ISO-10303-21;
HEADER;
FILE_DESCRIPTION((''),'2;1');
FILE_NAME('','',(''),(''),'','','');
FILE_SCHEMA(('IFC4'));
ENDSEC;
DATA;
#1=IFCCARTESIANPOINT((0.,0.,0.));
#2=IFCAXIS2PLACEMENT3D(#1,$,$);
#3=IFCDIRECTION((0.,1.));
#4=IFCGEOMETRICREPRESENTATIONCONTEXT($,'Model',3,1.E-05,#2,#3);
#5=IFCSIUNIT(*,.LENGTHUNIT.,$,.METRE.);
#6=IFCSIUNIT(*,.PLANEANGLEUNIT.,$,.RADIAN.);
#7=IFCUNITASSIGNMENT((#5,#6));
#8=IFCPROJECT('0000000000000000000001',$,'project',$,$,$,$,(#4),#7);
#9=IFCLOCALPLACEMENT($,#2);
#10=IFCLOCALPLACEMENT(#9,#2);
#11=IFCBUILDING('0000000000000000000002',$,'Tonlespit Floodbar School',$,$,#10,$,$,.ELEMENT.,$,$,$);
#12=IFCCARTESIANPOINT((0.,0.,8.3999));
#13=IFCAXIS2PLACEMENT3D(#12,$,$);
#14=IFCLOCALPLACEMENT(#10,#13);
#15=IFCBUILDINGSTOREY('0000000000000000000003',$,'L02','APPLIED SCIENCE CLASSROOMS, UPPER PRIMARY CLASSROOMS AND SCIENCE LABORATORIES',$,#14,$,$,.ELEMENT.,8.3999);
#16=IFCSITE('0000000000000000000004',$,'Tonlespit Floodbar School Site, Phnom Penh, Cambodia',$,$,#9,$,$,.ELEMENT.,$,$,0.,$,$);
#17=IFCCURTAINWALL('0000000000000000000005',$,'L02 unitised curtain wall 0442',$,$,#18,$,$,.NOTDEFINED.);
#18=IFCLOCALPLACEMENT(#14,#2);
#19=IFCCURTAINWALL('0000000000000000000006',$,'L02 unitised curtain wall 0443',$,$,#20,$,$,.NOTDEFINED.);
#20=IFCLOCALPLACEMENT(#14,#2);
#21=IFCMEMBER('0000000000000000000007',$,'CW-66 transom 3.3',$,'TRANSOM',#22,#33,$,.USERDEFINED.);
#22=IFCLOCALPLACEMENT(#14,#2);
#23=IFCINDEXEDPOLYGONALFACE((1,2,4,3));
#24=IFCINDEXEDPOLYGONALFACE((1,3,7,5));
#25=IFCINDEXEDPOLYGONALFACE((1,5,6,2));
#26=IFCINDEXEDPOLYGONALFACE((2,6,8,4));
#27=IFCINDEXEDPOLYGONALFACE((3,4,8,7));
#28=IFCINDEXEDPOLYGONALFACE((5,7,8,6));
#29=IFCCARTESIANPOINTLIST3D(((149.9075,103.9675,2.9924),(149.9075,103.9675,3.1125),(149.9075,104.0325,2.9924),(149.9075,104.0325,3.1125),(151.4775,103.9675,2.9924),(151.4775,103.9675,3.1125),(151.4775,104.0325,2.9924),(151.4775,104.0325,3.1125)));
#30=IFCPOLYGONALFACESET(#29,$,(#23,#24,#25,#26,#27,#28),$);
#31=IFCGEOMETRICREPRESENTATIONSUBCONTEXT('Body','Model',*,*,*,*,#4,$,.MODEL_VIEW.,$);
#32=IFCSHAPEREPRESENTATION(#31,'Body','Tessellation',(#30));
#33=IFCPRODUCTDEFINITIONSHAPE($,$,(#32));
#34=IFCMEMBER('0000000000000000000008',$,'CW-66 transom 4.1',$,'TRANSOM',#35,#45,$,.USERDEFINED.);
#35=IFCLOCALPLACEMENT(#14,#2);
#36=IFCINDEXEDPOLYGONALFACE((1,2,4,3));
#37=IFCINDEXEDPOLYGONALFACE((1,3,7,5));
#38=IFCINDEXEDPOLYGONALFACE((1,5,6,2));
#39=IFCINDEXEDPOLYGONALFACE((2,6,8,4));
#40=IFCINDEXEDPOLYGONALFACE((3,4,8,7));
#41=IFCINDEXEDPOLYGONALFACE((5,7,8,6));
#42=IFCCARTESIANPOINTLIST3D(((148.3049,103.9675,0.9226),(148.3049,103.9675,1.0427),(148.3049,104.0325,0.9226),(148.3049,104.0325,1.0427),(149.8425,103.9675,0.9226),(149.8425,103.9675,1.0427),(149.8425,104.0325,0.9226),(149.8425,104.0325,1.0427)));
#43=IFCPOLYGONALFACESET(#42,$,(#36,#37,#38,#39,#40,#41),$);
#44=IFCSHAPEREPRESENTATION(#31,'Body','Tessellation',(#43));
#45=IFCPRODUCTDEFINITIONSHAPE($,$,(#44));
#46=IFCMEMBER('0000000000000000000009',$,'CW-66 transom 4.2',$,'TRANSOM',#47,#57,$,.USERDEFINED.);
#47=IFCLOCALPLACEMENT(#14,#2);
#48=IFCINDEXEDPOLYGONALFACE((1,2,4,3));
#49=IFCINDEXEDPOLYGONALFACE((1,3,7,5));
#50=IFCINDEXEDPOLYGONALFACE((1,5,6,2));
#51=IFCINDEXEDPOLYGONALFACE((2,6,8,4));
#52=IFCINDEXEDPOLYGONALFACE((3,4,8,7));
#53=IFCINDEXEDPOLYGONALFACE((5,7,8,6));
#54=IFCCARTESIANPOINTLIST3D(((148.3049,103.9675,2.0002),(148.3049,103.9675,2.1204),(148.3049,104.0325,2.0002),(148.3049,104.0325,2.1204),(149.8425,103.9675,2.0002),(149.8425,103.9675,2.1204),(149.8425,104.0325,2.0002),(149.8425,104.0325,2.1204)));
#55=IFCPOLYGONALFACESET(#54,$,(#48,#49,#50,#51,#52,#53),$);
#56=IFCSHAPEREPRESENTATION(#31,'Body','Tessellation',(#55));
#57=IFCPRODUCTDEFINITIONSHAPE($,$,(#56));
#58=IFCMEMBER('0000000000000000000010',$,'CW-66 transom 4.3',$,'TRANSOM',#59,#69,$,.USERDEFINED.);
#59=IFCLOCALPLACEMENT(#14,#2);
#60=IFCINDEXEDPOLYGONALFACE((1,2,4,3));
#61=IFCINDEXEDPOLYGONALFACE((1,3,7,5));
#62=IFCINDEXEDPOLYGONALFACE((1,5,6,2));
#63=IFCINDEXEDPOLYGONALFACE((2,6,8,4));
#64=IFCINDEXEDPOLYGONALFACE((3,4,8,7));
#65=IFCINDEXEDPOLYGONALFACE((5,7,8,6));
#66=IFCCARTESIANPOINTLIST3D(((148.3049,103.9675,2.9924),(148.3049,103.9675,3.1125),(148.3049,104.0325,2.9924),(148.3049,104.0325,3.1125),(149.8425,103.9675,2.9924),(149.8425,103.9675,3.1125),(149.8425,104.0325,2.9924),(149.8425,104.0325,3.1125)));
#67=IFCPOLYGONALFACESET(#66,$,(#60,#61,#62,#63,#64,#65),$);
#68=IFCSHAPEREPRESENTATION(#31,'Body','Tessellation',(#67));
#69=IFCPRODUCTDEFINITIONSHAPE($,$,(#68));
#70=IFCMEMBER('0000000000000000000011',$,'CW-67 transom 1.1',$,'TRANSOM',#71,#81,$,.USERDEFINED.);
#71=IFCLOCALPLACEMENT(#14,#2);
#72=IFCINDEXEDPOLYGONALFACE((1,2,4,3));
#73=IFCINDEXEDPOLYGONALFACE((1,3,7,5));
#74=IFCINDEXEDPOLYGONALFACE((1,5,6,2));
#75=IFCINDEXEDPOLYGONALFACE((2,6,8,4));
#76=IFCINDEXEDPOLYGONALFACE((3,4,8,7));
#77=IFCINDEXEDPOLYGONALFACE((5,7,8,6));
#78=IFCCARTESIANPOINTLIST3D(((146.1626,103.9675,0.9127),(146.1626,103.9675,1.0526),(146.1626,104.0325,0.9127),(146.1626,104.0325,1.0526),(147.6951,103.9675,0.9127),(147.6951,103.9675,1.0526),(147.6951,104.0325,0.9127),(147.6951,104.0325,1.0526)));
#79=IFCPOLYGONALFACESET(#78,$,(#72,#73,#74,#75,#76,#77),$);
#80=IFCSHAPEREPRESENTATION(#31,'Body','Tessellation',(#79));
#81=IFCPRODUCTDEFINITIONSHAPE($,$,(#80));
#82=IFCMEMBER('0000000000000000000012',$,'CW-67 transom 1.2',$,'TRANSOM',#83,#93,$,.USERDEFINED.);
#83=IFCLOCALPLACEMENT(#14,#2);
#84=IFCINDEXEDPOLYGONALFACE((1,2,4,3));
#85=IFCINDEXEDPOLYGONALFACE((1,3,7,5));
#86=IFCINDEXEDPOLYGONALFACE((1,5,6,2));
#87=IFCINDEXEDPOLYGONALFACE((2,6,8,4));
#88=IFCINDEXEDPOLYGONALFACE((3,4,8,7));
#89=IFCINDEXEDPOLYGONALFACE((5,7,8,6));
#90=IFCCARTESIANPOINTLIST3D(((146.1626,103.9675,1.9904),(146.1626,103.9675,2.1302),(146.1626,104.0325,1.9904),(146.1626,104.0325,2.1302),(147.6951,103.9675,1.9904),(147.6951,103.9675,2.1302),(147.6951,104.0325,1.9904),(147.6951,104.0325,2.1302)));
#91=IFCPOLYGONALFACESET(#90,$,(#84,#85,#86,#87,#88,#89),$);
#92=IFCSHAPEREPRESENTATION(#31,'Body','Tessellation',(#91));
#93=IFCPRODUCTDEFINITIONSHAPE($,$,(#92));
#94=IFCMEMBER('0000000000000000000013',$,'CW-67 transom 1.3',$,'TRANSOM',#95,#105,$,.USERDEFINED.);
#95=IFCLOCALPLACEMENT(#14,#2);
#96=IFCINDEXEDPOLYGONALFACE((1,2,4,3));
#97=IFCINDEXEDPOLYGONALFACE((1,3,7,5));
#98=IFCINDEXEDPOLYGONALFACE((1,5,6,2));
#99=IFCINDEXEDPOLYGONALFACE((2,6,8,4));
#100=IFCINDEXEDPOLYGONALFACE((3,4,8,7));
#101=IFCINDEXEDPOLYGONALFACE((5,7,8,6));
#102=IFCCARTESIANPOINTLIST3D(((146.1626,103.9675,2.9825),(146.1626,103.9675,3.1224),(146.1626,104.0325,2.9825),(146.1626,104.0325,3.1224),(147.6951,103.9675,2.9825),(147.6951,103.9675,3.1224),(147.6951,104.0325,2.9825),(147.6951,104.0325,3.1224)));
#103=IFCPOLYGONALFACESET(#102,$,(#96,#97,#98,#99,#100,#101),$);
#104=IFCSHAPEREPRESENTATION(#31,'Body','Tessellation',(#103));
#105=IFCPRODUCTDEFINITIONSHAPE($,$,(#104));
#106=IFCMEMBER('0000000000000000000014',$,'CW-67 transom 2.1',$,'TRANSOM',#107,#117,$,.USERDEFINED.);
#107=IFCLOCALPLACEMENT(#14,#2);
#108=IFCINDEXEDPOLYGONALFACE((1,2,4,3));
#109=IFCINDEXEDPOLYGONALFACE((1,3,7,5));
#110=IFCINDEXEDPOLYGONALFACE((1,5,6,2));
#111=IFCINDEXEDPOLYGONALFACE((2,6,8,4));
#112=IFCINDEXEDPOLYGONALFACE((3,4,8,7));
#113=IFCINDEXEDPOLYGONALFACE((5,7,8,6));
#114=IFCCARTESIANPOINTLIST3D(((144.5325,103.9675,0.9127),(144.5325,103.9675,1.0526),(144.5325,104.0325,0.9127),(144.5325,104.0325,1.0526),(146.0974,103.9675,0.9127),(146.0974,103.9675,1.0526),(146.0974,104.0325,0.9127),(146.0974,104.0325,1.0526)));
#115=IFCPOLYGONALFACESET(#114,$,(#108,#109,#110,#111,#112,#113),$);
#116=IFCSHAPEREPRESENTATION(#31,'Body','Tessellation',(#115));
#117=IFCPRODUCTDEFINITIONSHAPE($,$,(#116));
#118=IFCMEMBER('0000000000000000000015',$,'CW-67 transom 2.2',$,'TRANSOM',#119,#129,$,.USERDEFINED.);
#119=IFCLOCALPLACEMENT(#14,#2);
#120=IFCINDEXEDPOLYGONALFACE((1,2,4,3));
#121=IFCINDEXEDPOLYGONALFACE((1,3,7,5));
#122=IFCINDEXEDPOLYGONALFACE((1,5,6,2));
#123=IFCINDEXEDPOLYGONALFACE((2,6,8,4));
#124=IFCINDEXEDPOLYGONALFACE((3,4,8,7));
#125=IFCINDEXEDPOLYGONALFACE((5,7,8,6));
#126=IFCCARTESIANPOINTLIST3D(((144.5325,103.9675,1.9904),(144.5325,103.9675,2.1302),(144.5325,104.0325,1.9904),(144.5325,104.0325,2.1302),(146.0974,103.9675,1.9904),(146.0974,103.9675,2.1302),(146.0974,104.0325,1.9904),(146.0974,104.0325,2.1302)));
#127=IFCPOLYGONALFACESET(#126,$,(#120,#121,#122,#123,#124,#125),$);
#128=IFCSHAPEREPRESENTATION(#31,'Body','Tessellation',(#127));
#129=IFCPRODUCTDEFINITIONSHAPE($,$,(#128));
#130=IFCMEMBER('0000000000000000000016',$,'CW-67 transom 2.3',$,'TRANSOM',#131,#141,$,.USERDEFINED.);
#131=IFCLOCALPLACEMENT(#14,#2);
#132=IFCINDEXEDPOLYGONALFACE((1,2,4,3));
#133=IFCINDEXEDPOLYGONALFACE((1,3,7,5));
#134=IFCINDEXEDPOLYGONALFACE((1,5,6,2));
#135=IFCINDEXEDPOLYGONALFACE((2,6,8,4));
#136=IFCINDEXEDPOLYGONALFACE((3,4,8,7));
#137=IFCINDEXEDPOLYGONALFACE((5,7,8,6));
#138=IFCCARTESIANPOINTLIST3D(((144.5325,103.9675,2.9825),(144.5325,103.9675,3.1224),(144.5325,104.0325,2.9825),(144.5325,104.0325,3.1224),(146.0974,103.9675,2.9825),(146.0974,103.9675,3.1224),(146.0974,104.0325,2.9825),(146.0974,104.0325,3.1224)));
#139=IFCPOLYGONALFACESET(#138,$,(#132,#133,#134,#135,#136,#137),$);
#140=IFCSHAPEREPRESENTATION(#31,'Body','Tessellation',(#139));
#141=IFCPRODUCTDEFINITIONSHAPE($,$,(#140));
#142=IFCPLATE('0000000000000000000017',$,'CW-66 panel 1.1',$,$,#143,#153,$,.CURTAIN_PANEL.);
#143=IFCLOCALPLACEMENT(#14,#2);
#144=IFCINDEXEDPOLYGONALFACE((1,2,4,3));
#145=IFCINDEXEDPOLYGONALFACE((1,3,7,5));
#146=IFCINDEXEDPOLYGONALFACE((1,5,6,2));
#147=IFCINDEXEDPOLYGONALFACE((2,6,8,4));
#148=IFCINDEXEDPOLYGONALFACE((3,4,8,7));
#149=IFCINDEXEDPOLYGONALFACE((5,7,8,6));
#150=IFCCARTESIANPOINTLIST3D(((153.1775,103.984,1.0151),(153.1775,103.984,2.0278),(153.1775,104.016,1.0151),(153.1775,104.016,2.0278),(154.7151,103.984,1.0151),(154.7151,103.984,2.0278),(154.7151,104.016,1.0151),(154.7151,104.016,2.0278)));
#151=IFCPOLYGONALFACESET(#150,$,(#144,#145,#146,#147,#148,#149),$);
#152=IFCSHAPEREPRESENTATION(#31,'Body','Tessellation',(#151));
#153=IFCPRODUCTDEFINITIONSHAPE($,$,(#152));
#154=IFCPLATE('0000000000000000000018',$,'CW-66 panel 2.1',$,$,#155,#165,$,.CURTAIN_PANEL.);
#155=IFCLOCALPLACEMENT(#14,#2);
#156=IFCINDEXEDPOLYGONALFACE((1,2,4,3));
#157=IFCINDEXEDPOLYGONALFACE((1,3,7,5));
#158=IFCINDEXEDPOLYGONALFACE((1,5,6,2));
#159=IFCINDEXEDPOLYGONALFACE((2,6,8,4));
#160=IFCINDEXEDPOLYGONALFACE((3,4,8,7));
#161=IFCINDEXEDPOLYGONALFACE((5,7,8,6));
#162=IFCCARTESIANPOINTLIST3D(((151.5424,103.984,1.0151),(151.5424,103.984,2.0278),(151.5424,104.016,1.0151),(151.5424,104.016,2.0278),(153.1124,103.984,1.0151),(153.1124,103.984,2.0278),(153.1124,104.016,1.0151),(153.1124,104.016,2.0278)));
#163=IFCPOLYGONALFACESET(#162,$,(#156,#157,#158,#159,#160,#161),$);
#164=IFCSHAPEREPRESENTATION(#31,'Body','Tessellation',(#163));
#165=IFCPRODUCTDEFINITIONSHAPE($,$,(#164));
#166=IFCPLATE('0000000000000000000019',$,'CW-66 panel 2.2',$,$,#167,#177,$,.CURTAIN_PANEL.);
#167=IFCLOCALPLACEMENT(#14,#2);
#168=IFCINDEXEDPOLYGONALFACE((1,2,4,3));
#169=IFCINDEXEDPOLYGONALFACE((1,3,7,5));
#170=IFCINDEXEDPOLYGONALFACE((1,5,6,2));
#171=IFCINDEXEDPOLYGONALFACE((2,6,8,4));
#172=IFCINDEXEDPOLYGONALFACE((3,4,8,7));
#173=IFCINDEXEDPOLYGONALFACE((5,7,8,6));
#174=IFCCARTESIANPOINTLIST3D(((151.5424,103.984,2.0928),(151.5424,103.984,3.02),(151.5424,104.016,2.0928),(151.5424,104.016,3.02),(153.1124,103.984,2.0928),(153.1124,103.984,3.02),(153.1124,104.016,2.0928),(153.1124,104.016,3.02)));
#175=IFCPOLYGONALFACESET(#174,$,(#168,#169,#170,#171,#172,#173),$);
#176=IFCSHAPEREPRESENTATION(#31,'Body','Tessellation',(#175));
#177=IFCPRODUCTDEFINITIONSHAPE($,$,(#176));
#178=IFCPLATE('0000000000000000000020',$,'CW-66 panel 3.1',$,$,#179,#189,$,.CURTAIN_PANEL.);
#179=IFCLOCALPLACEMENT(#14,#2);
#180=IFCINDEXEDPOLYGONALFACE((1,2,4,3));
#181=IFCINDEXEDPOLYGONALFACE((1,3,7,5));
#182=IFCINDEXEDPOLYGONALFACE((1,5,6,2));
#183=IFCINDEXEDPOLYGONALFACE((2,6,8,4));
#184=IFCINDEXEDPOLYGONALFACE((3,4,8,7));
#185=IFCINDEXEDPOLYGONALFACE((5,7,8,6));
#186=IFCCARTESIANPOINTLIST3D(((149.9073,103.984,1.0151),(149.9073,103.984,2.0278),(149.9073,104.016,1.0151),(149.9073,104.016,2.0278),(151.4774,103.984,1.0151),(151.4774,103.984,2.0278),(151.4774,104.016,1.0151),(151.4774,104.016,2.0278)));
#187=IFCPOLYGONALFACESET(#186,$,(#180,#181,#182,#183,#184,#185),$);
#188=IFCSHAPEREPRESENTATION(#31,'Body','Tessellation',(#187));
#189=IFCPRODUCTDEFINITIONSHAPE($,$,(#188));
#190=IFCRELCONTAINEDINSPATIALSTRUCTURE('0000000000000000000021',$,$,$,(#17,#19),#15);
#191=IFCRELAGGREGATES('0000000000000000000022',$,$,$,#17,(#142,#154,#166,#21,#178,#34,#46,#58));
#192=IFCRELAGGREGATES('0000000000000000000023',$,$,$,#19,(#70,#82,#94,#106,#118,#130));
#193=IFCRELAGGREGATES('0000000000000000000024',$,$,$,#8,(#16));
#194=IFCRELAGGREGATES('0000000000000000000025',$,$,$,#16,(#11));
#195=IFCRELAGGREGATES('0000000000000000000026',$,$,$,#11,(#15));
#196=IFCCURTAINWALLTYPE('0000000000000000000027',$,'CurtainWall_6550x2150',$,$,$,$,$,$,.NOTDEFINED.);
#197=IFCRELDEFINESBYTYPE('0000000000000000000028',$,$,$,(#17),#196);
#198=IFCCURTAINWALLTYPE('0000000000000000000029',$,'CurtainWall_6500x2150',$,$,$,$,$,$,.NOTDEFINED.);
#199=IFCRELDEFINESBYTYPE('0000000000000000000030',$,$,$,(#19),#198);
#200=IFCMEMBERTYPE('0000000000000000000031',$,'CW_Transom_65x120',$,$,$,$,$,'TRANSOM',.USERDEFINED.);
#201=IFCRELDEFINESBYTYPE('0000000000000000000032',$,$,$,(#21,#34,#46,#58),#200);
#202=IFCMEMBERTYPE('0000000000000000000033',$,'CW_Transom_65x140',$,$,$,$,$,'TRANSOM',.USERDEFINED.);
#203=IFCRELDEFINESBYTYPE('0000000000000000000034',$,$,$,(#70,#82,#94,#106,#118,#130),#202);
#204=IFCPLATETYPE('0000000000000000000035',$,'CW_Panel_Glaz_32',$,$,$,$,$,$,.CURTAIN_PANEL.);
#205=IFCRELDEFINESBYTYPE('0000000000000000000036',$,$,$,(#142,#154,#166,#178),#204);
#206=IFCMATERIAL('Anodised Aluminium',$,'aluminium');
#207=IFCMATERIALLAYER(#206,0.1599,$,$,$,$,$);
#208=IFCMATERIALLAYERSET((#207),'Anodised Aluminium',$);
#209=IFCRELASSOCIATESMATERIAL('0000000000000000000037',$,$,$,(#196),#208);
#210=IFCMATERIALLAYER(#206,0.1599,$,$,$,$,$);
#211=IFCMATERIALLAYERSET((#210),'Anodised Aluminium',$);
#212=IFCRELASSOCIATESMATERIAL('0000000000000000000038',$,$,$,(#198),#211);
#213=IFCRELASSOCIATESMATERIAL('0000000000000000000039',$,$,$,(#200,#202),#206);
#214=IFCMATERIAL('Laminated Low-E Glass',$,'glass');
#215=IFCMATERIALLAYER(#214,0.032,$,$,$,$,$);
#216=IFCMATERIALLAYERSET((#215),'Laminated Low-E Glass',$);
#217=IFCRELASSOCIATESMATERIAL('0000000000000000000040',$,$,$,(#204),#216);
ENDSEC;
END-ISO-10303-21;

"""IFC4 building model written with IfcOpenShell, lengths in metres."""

from ifc_helpers import new_model, si_unit, direction, frame, origin, origin_2d, place, context, subcontext, project, spatial, rectangle, extrude, material, layer, layer_set, material_profile, profile_set, type_object, element, aggregate, save


model = new_model("IFC4")

# Units and contexts
model_context = context("Model", 3, precision=1e-05, world=origin(), true_north=direction((0.0, 1.0)))
body_context = subcontext(model_context, "Body", "Model", "MODEL_VIEW")
ifc_project = project(units=[si_unit("LENGTHUNIT", "METRE"), si_unit("PLANEANGLEUNIT", "RADIAN")], contexts=[model_context])

# Site, building, storey
site_placement = place(None, origin())
site = spatial("IfcSite", under=ifc_project, at=site_placement, Name="Tonlespit Floodbar School Site, Phnom Penh, Cambodia", CompositionType="ELEMENT", RefElevation=0.0)
building_placement = place(site_placement, origin())
building = spatial("IfcBuilding", under=site, at=building_placement, Name="Tonlespit Floodbar School", CompositionType="ELEMENT")
storey_placement = place(building_placement, frame((0.0, 0.0, 8.3999)))
storey = spatial("IfcBuildingStorey", under=building, at=storey_placement, Name="L02", Description="APPLIED SCIENCE CLASSROOMS, UPPER PRIMARY CLASSROOMS AND SCIENCE LABORATORIES", CompositionType="ELEMENT", Elevation=8.3999)

# Curtain walls
ifc_material_1 = material(Name="Anodised Aluminium", Category="aluminium")
ifc_layer_1 = layer(ifc_material_1, 0.1599)
ifc_layer_set_1 = layer_set([ifc_layer_1], Name="Anodised Aluminium")
curtain_wall_type_1 = type_object("IfcCurtainWallType", Name="CurtainWall_6550x2150", PredefinedType="NOTDEFINED", material=ifc_layer_set_1)
curtain_wall_1_placement = place(storey_placement, origin())
curtain_wall_1 = element("IfcCurtainWall", 1, at=curtain_wall_1_placement, inside=storey, type_object=curtain_wall_type_1, Name="L02 unitised curtain wall 0442", PredefinedType="NOTDEFINED")
ifc_layer_2 = layer(ifc_material_1, 0.1599)
ifc_layer_set_2 = layer_set([ifc_layer_2], Name="Anodised Aluminium")
curtain_wall_type_2 = type_object("IfcCurtainWallType", Name="CurtainWall_6500x2150", PredefinedType="NOTDEFINED", material=ifc_layer_set_2)
curtain_wall_2_placement = place(storey_placement, origin())
curtain_wall_2 = element("IfcCurtainWall", 2, at=curtain_wall_2_placement, inside=storey, type_object=curtain_wall_type_2, Name="L02 unitised curtain wall 0443", PredefinedType="NOTDEFINED")

# Members
ifc_material_profile_1 = material_profile(ifc_material_1, rectangle(XDim=0.0649, YDim=0.1201, at=origin_2d()), Name="ALU T65x120")
ifc_profile_set_1 = profile_set([ifc_material_profile_1], Name="Anodised Aluminium")
member_type_1 = type_object("IfcMemberType", Name="CW_Transom_65x120", ElementType="TRANSOM", PredefinedType="USERDEFINED", material=ifc_profile_set_1)
member_1_placement = place(storey_placement, frame((151.4775, 104.0, 3.0525), z_axis=(-1.0, 0.0, 0.0), x_axis=(0.0, -1.0, 0.0)))
member_1 = element("IfcMember", 3, at=member_1_placement, type_object=member_type_1, Name="CW-66 transom 3.3", ObjectType="TRANSOM", PredefinedType="USERDEFINED", context=body_context, shape_type="SweptSolid", body=[
    extrude(rectangle(XDim=0.0649, YDim=0.1201, at=origin_2d()), origin(), (0.0, 0.0, 1.0), 1.5701),
])
member_2_placement = place(storey_placement, frame((149.8425, 104.0, 0.9827), z_axis=(-1.0, 0.0, 0.0), x_axis=(0.0, -1.0, 0.0)))
member_2 = element("IfcMember", 4, at=member_2_placement, type_object=member_type_1, Name="CW-66 transom 4.1", ObjectType="TRANSOM", PredefinedType="USERDEFINED", context=body_context, shape_type="SweptSolid", body=[
    extrude(rectangle(XDim=0.0649, YDim=0.1201, at=origin_2d()), origin(), (0.0, 0.0, 1.0), 1.5376),
])
member_3_placement = place(storey_placement, frame((149.8425, 104.0, 2.0603), z_axis=(-1.0, 0.0, 0.0), x_axis=(0.0, -1.0, 0.0)))
member_3 = element("IfcMember", 5, at=member_3_placement, type_object=member_type_1, Name="CW-66 transom 4.2", ObjectType="TRANSOM", PredefinedType="USERDEFINED", context=body_context, shape_type="SweptSolid", body=[
    extrude(rectangle(XDim=0.0649, YDim=0.1201, at=origin_2d()), origin(), (0.0, 0.0, 1.0), 1.5376),
])
member_4_placement = place(storey_placement, frame((149.8425, 104.0, 3.0525), z_axis=(-1.0, 0.0, 0.0), x_axis=(0.0, -1.0, 0.0)))
member_4 = element("IfcMember", 6, at=member_4_placement, type_object=member_type_1, Name="CW-66 transom 4.3", ObjectType="TRANSOM", PredefinedType="USERDEFINED", context=body_context, shape_type="SweptSolid", body=[
    extrude(rectangle(XDim=0.0649, YDim=0.1201, at=origin_2d()), origin(), (0.0, 0.0, 1.0), 1.5376),
])
ifc_material_profile_2 = material_profile(ifc_material_1, rectangle(XDim=0.0649, YDim=0.1399, at=origin_2d()), Name="ALU T65x140")
ifc_profile_set_2 = profile_set([ifc_material_profile_2], Name="Anodised Aluminium")
member_type_2 = type_object("IfcMemberType", Name="CW_Transom_65x140", ElementType="TRANSOM", PredefinedType="USERDEFINED", material=ifc_profile_set_2)
member_5_placement = place(storey_placement, frame((147.6951, 104.0, 0.9827), z_axis=(-1.0, 0.0, 0.0), x_axis=(0.0, -1.0, 0.0)))
member_5 = element("IfcMember", 7, at=member_5_placement, type_object=member_type_2, Name="CW-67 transom 1.1", ObjectType="TRANSOM", PredefinedType="USERDEFINED", context=body_context, shape_type="SweptSolid", body=[
    extrude(rectangle(XDim=0.0649, YDim=0.1399, at=origin_2d()), origin(), (0.0, 0.0, 1.0), 1.5325),
])
member_6_placement = place(storey_placement, frame((147.6951, 104.0, 2.0603), z_axis=(-1.0, 0.0, 0.0), x_axis=(0.0, -1.0, 0.0)))
member_6 = element("IfcMember", 8, at=member_6_placement, type_object=member_type_2, Name="CW-67 transom 1.2", ObjectType="TRANSOM", PredefinedType="USERDEFINED", context=body_context, shape_type="SweptSolid", body=[
    extrude(rectangle(XDim=0.0649, YDim=0.1399, at=origin_2d()), origin(), (0.0, 0.0, 1.0), 1.5325),
])
member_7_placement = place(storey_placement, frame((147.6951, 104.0, 3.0525), z_axis=(-1.0, 0.0, 0.0), x_axis=(0.0, -1.0, 0.0)))
member_7 = element("IfcMember", 9, at=member_7_placement, type_object=member_type_2, Name="CW-67 transom 1.3", ObjectType="TRANSOM", PredefinedType="USERDEFINED", context=body_context, shape_type="SweptSolid", body=[
    extrude(rectangle(XDim=0.0649, YDim=0.1399, at=origin_2d()), origin(), (0.0, 0.0, 1.0), 1.5325),
])
member_8_placement = place(storey_placement, frame((146.0974, 104.0, 0.9827), z_axis=(-1.0, 0.0, 0.0), x_axis=(0.0, -1.0, 0.0)))
member_8 = element("IfcMember", 10, at=member_8_placement, type_object=member_type_2, Name="CW-67 transom 2.1", ObjectType="TRANSOM", PredefinedType="USERDEFINED", context=body_context, shape_type="SweptSolid", body=[
    extrude(rectangle(XDim=0.0649, YDim=0.1399, at=origin_2d()), origin(), (0.0, 0.0, 1.0), 1.5649),
])
member_9_placement = place(storey_placement, frame((146.0974, 104.0, 2.0603), z_axis=(-1.0, 0.0, 0.0), x_axis=(0.0, -1.0, 0.0)))
member_9 = element("IfcMember", 11, at=member_9_placement, type_object=member_type_2, Name="CW-67 transom 2.2", ObjectType="TRANSOM", PredefinedType="USERDEFINED", context=body_context, shape_type="SweptSolid", body=[
    extrude(rectangle(XDim=0.0649, YDim=0.1399, at=origin_2d()), origin(), (0.0, 0.0, 1.0), 1.5649),
])
member_10_placement = place(storey_placement, frame((146.0974, 104.0, 3.0525), z_axis=(-1.0, 0.0, 0.0), x_axis=(0.0, -1.0, 0.0)))
member_10 = element("IfcMember", 12, at=member_10_placement, type_object=member_type_2, Name="CW-67 transom 2.3", ObjectType="TRANSOM", PredefinedType="USERDEFINED", context=body_context, shape_type="SweptSolid", body=[
    extrude(rectangle(XDim=0.0649, YDim=0.1399, at=origin_2d()), origin(), (0.0, 0.0, 1.0), 1.5649),
])

# Plates
ifc_material_2 = material(Name="Laminated Low-E Glass", Category="glass")
ifc_layer_3 = layer(ifc_material_2, 0.032)
ifc_layer_set_3 = layer_set([ifc_layer_3], Name="Laminated Low-E Glass")
plate_type_1 = type_object("IfcPlateType", Name="CW_Panel_Glaz_32", PredefinedType="CURTAIN_PANEL", material=ifc_layer_set_3)
plate_1_placement = place(storey_placement, frame((153.9463, 104.0, 1.0151), z_axis=(0.0, 0.0, 1.0), x_axis=(-1.0, 0.0, 0.0)))
plate_1 = element("IfcPlate", 13, at=plate_1_placement, type_object=plate_type_1, Name="CW-66 panel 1.1", PredefinedType="CURTAIN_PANEL", context=body_context, shape_type="SweptSolid", body=[
    extrude(rectangle(XDim=1.5376, YDim=0.032, at=origin_2d()), origin(), (0.0, 0.0, 1.0), 1.0127),
])
plate_2_placement = place(storey_placement, frame((152.3274, 104.0, 1.0151), z_axis=(0.0, 0.0, 1.0), x_axis=(-1.0, 0.0, 0.0)))
plate_2 = element("IfcPlate", 14, at=plate_2_placement, type_object=plate_type_1, Name="CW-66 panel 2.1", PredefinedType="CURTAIN_PANEL", context=body_context, shape_type="SweptSolid", body=[
    extrude(rectangle(XDim=1.5701, YDim=0.032, at=origin_2d()), origin(), (0.0, 0.0, 1.0), 1.0127),
])
plate_3_placement = place(storey_placement, frame((152.3274, 104.0, 2.0928), z_axis=(0.0, 0.0, 1.0), x_axis=(-1.0, 0.0, 0.0)))
plate_3 = element("IfcPlate", 15, at=plate_3_placement, type_object=plate_type_1, Name="CW-66 panel 2.2", PredefinedType="CURTAIN_PANEL", context=body_context, shape_type="SweptSolid", body=[
    extrude(rectangle(XDim=1.5701, YDim=0.032, at=origin_2d()), origin(), (0.0, 0.0, 1.0), 0.9272),
])
plate_4_placement = place(storey_placement, frame((150.6924, 104.0, 1.0151), z_axis=(0.0, 0.0, 1.0), x_axis=(-1.0, 0.0, 0.0)))
plate_4 = element("IfcPlate", 16, at=plate_4_placement, type_object=plate_type_1, Name="CW-66 panel 3.1", PredefinedType="CURTAIN_PANEL", context=body_context, shape_type="SweptSolid", body=[
    extrude(rectangle(XDim=1.5701, YDim=0.032, at=origin_2d()), origin(), (0.0, 0.0, 1.0), 1.0127),
])
aggregate(curtain_wall_1, [plate_1, plate_2, plate_3, member_1, plate_4, member_2, member_3, member_4])
aggregate(curtain_wall_2, [member_5, member_6, member_7, member_8, member_9, member_10])

save(model, "model.ifc")
